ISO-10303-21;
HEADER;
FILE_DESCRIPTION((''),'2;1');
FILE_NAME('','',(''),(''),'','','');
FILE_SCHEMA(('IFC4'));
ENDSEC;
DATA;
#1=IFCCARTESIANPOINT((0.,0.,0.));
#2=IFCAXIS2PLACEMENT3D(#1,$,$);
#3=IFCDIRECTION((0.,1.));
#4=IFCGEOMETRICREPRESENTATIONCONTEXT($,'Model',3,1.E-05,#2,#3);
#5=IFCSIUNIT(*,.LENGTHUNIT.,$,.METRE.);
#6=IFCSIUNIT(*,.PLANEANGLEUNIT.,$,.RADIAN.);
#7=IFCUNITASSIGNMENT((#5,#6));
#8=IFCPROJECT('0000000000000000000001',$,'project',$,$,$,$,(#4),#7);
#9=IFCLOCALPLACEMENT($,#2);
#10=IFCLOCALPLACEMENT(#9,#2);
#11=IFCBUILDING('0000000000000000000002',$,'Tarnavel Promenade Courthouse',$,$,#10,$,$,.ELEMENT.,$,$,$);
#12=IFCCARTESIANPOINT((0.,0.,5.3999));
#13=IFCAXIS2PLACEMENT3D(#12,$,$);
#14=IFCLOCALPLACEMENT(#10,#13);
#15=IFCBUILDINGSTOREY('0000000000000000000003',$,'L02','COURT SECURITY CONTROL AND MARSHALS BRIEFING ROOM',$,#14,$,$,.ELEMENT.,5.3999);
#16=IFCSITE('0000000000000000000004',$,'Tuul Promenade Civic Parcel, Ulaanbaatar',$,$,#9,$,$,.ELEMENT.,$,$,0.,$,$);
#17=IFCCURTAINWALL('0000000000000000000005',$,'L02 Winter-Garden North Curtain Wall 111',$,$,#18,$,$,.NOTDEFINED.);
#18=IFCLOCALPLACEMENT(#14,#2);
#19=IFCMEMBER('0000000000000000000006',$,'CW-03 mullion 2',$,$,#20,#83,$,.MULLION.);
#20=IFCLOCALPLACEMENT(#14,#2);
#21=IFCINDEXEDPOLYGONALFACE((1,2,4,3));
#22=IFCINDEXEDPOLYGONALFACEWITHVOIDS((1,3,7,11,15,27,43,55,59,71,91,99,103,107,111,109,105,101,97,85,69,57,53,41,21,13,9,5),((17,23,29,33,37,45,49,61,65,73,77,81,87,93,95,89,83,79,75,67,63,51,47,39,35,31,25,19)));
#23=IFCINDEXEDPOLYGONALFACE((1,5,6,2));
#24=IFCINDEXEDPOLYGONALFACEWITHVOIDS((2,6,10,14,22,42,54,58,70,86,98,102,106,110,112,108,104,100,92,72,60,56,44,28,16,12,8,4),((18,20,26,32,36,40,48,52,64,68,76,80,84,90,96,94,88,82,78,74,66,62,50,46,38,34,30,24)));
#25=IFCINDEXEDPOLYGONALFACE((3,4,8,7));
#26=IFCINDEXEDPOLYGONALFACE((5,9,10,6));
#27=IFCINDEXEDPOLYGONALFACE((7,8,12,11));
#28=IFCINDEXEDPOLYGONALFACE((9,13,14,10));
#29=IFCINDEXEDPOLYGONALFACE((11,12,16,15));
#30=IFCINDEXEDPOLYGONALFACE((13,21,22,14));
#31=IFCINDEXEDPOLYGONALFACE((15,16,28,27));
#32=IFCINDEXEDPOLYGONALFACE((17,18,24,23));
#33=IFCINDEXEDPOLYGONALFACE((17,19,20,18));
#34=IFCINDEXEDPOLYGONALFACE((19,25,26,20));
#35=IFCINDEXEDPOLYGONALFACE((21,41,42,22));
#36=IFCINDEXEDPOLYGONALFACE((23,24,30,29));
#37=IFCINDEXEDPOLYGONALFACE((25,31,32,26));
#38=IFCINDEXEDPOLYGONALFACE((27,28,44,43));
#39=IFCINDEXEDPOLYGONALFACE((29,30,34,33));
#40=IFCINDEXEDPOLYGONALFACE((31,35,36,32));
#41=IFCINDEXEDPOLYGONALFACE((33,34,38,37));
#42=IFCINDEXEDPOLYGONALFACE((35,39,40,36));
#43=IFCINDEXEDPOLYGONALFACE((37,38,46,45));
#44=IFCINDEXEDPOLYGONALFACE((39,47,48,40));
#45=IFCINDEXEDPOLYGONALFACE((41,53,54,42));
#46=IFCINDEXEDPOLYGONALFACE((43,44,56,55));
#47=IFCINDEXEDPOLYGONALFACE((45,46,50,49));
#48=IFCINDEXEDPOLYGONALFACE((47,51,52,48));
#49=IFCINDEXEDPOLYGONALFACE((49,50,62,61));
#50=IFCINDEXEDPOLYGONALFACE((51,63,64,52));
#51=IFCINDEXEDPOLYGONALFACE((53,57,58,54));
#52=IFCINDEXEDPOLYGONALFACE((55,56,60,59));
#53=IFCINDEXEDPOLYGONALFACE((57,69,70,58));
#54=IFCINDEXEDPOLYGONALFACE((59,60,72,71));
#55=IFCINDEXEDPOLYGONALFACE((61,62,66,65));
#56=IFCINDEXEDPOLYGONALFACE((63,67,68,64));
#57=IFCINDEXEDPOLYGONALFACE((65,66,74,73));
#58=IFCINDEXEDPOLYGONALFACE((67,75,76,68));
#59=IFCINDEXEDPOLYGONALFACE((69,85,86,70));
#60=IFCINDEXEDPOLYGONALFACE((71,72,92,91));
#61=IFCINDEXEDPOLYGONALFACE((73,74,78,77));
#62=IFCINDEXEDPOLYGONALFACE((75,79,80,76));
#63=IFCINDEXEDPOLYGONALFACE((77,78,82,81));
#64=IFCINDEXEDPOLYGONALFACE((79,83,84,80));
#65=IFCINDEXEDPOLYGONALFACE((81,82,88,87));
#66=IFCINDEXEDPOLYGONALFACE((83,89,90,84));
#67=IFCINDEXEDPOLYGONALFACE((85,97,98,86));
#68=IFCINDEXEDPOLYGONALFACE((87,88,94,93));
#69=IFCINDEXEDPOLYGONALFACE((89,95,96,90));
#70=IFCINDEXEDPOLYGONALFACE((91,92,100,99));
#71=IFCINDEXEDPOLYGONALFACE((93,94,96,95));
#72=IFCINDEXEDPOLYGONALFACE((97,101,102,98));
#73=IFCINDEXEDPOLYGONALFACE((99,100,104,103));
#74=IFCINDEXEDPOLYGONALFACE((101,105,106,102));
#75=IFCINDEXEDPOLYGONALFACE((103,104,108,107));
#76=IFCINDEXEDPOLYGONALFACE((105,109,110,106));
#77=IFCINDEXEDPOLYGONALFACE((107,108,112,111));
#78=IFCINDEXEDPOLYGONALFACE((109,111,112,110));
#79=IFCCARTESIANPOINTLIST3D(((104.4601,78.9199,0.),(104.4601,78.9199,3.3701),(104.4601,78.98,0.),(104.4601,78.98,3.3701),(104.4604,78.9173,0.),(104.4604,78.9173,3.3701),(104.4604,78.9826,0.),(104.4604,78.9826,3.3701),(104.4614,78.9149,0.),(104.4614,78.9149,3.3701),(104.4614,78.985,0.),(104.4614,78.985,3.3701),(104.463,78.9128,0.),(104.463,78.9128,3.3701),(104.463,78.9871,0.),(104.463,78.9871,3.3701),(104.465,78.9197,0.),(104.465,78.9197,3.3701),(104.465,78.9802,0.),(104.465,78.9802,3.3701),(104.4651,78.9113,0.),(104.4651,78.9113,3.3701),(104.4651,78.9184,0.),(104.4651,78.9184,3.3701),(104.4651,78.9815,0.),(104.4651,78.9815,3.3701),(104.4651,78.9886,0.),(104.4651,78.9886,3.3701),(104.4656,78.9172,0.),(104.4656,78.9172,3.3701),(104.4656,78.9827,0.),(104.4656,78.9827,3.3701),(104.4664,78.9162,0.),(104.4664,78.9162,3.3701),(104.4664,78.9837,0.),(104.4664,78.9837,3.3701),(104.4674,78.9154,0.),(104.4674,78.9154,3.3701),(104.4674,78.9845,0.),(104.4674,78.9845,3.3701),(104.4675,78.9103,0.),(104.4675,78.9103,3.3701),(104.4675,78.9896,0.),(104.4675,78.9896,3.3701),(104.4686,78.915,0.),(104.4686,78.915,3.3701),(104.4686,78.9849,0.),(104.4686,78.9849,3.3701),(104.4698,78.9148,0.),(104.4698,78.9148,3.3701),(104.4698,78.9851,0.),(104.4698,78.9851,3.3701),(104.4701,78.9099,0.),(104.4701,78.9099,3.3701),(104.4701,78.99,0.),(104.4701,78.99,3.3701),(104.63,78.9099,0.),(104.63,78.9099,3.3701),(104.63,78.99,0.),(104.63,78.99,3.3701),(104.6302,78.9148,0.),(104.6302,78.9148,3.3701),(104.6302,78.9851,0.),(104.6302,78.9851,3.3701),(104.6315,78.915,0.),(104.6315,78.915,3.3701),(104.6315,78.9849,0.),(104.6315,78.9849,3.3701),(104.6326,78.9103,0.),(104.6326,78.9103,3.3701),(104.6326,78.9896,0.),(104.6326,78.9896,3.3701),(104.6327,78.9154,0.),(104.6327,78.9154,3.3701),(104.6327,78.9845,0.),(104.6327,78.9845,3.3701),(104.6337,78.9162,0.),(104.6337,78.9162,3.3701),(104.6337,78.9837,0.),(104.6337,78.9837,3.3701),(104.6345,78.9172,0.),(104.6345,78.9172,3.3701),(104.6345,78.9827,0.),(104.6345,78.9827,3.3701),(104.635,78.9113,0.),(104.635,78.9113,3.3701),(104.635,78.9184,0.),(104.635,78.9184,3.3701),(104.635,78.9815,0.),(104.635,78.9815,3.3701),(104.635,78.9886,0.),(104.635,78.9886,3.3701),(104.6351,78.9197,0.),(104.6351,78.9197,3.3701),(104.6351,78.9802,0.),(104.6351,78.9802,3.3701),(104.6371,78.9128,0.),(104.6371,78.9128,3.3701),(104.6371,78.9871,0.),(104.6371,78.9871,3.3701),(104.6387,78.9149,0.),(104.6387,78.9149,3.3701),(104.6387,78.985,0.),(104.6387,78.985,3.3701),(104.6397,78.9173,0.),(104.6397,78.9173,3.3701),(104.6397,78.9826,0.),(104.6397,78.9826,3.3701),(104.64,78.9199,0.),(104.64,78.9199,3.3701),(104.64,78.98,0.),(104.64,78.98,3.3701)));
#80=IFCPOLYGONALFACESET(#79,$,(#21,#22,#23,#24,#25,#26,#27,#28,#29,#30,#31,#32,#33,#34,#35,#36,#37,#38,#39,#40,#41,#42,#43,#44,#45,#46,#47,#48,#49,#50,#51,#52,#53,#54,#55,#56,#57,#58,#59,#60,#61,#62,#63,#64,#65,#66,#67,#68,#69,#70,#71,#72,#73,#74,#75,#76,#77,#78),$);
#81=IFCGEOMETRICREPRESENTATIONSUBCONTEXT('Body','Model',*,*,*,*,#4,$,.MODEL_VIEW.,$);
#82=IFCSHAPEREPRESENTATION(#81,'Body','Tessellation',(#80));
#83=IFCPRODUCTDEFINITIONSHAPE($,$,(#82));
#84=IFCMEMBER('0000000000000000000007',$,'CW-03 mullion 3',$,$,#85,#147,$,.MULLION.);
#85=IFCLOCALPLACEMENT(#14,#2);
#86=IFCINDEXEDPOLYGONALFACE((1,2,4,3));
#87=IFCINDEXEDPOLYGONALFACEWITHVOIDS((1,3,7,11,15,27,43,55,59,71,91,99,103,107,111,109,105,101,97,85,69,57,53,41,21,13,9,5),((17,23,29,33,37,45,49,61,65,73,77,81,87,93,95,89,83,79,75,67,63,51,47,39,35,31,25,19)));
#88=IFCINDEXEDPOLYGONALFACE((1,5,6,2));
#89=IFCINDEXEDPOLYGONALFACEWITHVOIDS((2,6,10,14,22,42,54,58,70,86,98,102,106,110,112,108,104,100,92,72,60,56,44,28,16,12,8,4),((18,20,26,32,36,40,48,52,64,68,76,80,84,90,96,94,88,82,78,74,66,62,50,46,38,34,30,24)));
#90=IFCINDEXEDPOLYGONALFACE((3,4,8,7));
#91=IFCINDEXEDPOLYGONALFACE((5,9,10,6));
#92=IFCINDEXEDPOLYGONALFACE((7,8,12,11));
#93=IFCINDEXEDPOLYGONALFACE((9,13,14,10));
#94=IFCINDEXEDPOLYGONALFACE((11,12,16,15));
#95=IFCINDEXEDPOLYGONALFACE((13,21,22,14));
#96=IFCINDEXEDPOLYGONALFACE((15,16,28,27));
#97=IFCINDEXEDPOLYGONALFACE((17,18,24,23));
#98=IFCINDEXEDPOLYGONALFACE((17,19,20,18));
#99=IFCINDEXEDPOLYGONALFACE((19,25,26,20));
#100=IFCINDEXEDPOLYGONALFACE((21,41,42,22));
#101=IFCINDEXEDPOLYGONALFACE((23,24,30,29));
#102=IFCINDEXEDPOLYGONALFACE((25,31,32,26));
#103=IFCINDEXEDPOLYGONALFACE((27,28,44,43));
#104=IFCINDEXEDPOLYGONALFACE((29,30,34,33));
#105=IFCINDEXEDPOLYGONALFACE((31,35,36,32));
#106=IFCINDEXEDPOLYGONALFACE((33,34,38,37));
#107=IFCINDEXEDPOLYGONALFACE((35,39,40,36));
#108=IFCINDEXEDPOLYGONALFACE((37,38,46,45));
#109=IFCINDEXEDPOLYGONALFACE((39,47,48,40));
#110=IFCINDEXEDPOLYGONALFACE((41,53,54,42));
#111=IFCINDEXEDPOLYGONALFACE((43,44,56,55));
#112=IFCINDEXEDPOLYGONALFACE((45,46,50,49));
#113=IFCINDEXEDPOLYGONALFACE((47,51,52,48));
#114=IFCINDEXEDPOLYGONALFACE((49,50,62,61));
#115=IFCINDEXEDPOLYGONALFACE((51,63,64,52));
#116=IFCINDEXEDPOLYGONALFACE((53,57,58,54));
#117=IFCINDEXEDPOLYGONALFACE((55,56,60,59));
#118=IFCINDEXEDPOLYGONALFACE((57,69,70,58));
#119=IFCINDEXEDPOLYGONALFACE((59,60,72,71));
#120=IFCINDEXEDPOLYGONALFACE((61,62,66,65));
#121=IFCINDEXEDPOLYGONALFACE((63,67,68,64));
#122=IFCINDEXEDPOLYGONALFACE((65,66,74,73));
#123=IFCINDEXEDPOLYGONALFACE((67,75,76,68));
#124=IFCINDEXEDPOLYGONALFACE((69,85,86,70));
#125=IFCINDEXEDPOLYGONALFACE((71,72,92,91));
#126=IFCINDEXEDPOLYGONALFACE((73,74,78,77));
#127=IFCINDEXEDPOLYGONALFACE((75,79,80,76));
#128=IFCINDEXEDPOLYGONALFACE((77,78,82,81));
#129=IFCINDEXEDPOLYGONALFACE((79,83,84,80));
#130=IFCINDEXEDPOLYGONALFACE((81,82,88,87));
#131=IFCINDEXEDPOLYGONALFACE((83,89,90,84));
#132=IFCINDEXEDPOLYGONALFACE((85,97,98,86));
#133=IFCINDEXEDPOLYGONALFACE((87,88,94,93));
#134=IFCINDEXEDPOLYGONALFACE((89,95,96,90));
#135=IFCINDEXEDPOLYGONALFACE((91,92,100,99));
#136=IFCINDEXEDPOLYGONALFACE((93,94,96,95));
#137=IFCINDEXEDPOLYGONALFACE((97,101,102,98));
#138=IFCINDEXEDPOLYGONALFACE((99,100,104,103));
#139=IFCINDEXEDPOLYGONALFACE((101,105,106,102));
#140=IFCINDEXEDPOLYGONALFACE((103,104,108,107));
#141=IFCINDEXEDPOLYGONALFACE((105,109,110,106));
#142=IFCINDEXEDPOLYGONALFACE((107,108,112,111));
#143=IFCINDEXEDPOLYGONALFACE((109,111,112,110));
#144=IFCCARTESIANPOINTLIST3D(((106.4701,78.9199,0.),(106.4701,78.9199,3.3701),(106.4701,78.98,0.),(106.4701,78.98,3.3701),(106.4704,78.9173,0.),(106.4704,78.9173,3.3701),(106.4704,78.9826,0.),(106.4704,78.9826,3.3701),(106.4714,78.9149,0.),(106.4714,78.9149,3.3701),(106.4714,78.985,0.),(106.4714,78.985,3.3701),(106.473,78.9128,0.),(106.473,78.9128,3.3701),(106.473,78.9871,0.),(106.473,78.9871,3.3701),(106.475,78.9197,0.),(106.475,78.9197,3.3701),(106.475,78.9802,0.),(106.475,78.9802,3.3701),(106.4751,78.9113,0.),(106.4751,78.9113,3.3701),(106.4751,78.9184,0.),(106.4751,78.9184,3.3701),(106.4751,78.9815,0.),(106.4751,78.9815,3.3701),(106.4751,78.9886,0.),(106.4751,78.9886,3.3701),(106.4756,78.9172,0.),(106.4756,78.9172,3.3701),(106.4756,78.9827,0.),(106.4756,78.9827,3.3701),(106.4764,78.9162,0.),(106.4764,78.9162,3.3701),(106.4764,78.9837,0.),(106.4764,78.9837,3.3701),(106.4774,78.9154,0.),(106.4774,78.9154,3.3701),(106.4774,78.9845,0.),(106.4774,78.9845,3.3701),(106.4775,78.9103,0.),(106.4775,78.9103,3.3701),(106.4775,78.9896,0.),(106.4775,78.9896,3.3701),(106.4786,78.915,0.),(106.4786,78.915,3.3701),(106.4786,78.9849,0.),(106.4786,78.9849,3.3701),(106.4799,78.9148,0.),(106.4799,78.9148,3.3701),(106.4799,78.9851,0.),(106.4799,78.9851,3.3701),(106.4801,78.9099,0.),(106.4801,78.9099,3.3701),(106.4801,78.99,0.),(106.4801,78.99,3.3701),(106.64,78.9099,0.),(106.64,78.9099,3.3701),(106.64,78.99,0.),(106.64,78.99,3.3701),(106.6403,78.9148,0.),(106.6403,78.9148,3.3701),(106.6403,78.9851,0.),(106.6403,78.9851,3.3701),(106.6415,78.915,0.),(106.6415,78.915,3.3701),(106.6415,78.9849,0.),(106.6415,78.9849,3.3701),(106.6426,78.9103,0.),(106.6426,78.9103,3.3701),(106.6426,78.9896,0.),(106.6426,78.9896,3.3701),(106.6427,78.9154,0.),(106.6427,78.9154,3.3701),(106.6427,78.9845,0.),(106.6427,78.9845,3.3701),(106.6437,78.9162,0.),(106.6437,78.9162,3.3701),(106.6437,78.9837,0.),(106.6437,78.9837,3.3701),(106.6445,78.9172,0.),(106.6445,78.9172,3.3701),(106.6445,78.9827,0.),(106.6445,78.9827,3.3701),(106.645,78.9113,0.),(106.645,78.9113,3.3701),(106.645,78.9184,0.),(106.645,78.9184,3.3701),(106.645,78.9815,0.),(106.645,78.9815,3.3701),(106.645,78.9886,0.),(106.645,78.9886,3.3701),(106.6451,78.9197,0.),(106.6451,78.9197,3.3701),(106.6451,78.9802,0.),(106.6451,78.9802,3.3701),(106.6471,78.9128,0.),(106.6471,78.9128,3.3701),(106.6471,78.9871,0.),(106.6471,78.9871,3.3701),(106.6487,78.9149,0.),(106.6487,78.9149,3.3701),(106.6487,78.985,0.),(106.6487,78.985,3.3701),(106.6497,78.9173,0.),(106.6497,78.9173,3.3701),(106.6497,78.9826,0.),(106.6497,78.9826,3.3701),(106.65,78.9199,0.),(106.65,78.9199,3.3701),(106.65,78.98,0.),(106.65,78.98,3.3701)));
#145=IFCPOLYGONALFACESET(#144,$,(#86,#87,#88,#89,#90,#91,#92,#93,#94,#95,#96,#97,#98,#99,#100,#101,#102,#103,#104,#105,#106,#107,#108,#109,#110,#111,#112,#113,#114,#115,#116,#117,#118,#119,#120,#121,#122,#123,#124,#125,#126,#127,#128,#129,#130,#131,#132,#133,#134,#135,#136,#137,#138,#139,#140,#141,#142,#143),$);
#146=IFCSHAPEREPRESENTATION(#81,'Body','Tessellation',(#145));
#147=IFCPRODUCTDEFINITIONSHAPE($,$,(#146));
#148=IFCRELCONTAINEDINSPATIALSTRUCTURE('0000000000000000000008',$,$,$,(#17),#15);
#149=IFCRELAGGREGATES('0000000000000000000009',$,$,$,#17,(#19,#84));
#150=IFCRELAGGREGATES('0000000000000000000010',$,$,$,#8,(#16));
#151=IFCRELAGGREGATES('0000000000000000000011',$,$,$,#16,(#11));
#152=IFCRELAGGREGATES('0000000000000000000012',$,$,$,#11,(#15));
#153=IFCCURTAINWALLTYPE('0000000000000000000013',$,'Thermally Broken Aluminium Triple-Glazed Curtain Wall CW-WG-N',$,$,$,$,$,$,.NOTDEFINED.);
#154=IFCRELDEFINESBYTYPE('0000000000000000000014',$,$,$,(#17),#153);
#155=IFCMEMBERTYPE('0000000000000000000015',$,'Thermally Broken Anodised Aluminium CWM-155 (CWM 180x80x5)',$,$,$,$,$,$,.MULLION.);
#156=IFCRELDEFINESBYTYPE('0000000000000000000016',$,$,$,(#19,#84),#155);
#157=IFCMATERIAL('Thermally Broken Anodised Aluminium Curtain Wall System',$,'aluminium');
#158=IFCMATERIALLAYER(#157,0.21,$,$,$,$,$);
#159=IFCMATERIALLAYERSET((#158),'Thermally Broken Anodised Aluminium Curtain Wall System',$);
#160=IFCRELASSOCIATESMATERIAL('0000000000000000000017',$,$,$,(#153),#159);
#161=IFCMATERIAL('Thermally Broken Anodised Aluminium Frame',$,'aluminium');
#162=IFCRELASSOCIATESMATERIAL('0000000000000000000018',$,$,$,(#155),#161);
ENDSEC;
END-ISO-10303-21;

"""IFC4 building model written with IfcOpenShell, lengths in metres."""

from ifc_helpers import new_model, si_unit, direction, frame, origin, origin_2d, place, context, subcontext, project, spatial, hollow_rectangle, extrude, material, layer, layer_set, material_profile, profile_set, type_object, element, aggregate, save


model = new_model("IFC4")

# Units and contexts
model_context = context("Model", 3, precision=1e-05, world=origin(), true_north=direction((0.0, 1.0)))
body_context = subcontext(model_context, "Body", "Model", "MODEL_VIEW")
ifc_project = project(units=[si_unit("LENGTHUNIT", "METRE"), si_unit("PLANEANGLEUNIT", "RADIAN")], contexts=[model_context])

# Site, building, storey
site_placement = place(None, origin())
site = spatial("IfcSite", under=ifc_project, at=site_placement, Name="Tuul Promenade Civic Parcel, Ulaanbaatar", CompositionType="ELEMENT", RefElevation=0.0)
building_placement = place(site_placement, origin())
building = spatial("IfcBuilding", under=site, at=building_placement, Name="Tarnavel Promenade Courthouse", CompositionType="ELEMENT")
storey_placement = place(building_placement, frame((0.0, 0.0, 5.3999)))
storey = spatial("IfcBuildingStorey", under=building, at=storey_placement, Name="L02", Description="COURT SECURITY CONTROL AND MARSHALS BRIEFING ROOM", CompositionType="ELEMENT", Elevation=5.3999)

# Curtain wall, members
ifc_material_1 = material(Name="Thermally Broken Anodised Aluminium Curtain Wall System", Category="aluminium")
ifc_layer_1 = layer(ifc_material_1, 0.21)
ifc_layer_set_1 = layer_set([ifc_layer_1], Name="Thermally Broken Anodised Aluminium Curtain Wall System")
curtain_wall_type = type_object("IfcCurtainWallType", Name="Thermally Broken Aluminium Triple-Glazed Curtain Wall CW-WG-N", PredefinedType="NOTDEFINED", material=ifc_layer_set_1)
curtain_wall_1_placement = place(storey_placement, origin())
curtain_wall_1 = element("IfcCurtainWall", 1, at=curtain_wall_1_placement, inside=storey, type_object=curtain_wall_type, Name="L02 Winter-Garden North Curtain Wall 111", PredefinedType="NOTDEFINED")
ifc_material_2 = material(Name="Thermally Broken Anodised Aluminium Frame", Category="aluminium")
ifc_material_profile_1 = material_profile(ifc_material_2, hollow_rectangle(XDim=0.0801, YDim=0.1799, WallThickness=0.0049, InnerFilletRadius=0.0049, OuterFilletRadius=0.01, at=origin_2d()), Name="CWM 180x80x5")
ifc_profile_set_1 = profile_set([ifc_material_profile_1], Name="Thermally Broken Anodised Aluminium Frame")
member_type_1 = type_object("IfcMemberType", Name="Thermally Broken Anodised Aluminium CWM-155 (CWM 180x80x5)", PredefinedType="MULLION", material=ifc_profile_set_1)
member_1_placement = place(storey_placement, frame((104.55, 78.95, 0.0), z_axis=(0.0, 0.0, 1.0), x_axis=(0.0, 1.0, 0.0)))
member_1 = element("IfcMember", 2, at=member_1_placement, type_object=member_type_1, Name="CW-03 mullion 2", PredefinedType="MULLION", context=body_context, shape_type="SweptSolid", body=[
    extrude(hollow_rectangle(XDim=0.0801, YDim=0.1799, WallThickness=0.0049, InnerFilletRadius=0.0049, OuterFilletRadius=0.01, at=origin_2d()), origin(), (0.0, 0.0, 1.0), 3.3701),
])
member_2_placement = place(storey_placement, frame((106.5601, 78.95, 0.0), z_axis=(0.0, 0.0, 1.0), x_axis=(0.0, 1.0, 0.0)))
member_2 = element("IfcMember", 3, at=member_2_placement, type_object=member_type_1, Name="CW-03 mullion 3", PredefinedType="MULLION", context=body_context, shape_type="SweptSolid", body=[
    extrude(hollow_rectangle(XDim=0.0801, YDim=0.1799, WallThickness=0.0049, InnerFilletRadius=0.0049, OuterFilletRadius=0.01, at=origin_2d()), origin(), (0.0, 0.0, 1.0), 3.3701),
])

aggregate(curtain_wall_1, [member_1, member_2])

save(model, "model.ifc")
